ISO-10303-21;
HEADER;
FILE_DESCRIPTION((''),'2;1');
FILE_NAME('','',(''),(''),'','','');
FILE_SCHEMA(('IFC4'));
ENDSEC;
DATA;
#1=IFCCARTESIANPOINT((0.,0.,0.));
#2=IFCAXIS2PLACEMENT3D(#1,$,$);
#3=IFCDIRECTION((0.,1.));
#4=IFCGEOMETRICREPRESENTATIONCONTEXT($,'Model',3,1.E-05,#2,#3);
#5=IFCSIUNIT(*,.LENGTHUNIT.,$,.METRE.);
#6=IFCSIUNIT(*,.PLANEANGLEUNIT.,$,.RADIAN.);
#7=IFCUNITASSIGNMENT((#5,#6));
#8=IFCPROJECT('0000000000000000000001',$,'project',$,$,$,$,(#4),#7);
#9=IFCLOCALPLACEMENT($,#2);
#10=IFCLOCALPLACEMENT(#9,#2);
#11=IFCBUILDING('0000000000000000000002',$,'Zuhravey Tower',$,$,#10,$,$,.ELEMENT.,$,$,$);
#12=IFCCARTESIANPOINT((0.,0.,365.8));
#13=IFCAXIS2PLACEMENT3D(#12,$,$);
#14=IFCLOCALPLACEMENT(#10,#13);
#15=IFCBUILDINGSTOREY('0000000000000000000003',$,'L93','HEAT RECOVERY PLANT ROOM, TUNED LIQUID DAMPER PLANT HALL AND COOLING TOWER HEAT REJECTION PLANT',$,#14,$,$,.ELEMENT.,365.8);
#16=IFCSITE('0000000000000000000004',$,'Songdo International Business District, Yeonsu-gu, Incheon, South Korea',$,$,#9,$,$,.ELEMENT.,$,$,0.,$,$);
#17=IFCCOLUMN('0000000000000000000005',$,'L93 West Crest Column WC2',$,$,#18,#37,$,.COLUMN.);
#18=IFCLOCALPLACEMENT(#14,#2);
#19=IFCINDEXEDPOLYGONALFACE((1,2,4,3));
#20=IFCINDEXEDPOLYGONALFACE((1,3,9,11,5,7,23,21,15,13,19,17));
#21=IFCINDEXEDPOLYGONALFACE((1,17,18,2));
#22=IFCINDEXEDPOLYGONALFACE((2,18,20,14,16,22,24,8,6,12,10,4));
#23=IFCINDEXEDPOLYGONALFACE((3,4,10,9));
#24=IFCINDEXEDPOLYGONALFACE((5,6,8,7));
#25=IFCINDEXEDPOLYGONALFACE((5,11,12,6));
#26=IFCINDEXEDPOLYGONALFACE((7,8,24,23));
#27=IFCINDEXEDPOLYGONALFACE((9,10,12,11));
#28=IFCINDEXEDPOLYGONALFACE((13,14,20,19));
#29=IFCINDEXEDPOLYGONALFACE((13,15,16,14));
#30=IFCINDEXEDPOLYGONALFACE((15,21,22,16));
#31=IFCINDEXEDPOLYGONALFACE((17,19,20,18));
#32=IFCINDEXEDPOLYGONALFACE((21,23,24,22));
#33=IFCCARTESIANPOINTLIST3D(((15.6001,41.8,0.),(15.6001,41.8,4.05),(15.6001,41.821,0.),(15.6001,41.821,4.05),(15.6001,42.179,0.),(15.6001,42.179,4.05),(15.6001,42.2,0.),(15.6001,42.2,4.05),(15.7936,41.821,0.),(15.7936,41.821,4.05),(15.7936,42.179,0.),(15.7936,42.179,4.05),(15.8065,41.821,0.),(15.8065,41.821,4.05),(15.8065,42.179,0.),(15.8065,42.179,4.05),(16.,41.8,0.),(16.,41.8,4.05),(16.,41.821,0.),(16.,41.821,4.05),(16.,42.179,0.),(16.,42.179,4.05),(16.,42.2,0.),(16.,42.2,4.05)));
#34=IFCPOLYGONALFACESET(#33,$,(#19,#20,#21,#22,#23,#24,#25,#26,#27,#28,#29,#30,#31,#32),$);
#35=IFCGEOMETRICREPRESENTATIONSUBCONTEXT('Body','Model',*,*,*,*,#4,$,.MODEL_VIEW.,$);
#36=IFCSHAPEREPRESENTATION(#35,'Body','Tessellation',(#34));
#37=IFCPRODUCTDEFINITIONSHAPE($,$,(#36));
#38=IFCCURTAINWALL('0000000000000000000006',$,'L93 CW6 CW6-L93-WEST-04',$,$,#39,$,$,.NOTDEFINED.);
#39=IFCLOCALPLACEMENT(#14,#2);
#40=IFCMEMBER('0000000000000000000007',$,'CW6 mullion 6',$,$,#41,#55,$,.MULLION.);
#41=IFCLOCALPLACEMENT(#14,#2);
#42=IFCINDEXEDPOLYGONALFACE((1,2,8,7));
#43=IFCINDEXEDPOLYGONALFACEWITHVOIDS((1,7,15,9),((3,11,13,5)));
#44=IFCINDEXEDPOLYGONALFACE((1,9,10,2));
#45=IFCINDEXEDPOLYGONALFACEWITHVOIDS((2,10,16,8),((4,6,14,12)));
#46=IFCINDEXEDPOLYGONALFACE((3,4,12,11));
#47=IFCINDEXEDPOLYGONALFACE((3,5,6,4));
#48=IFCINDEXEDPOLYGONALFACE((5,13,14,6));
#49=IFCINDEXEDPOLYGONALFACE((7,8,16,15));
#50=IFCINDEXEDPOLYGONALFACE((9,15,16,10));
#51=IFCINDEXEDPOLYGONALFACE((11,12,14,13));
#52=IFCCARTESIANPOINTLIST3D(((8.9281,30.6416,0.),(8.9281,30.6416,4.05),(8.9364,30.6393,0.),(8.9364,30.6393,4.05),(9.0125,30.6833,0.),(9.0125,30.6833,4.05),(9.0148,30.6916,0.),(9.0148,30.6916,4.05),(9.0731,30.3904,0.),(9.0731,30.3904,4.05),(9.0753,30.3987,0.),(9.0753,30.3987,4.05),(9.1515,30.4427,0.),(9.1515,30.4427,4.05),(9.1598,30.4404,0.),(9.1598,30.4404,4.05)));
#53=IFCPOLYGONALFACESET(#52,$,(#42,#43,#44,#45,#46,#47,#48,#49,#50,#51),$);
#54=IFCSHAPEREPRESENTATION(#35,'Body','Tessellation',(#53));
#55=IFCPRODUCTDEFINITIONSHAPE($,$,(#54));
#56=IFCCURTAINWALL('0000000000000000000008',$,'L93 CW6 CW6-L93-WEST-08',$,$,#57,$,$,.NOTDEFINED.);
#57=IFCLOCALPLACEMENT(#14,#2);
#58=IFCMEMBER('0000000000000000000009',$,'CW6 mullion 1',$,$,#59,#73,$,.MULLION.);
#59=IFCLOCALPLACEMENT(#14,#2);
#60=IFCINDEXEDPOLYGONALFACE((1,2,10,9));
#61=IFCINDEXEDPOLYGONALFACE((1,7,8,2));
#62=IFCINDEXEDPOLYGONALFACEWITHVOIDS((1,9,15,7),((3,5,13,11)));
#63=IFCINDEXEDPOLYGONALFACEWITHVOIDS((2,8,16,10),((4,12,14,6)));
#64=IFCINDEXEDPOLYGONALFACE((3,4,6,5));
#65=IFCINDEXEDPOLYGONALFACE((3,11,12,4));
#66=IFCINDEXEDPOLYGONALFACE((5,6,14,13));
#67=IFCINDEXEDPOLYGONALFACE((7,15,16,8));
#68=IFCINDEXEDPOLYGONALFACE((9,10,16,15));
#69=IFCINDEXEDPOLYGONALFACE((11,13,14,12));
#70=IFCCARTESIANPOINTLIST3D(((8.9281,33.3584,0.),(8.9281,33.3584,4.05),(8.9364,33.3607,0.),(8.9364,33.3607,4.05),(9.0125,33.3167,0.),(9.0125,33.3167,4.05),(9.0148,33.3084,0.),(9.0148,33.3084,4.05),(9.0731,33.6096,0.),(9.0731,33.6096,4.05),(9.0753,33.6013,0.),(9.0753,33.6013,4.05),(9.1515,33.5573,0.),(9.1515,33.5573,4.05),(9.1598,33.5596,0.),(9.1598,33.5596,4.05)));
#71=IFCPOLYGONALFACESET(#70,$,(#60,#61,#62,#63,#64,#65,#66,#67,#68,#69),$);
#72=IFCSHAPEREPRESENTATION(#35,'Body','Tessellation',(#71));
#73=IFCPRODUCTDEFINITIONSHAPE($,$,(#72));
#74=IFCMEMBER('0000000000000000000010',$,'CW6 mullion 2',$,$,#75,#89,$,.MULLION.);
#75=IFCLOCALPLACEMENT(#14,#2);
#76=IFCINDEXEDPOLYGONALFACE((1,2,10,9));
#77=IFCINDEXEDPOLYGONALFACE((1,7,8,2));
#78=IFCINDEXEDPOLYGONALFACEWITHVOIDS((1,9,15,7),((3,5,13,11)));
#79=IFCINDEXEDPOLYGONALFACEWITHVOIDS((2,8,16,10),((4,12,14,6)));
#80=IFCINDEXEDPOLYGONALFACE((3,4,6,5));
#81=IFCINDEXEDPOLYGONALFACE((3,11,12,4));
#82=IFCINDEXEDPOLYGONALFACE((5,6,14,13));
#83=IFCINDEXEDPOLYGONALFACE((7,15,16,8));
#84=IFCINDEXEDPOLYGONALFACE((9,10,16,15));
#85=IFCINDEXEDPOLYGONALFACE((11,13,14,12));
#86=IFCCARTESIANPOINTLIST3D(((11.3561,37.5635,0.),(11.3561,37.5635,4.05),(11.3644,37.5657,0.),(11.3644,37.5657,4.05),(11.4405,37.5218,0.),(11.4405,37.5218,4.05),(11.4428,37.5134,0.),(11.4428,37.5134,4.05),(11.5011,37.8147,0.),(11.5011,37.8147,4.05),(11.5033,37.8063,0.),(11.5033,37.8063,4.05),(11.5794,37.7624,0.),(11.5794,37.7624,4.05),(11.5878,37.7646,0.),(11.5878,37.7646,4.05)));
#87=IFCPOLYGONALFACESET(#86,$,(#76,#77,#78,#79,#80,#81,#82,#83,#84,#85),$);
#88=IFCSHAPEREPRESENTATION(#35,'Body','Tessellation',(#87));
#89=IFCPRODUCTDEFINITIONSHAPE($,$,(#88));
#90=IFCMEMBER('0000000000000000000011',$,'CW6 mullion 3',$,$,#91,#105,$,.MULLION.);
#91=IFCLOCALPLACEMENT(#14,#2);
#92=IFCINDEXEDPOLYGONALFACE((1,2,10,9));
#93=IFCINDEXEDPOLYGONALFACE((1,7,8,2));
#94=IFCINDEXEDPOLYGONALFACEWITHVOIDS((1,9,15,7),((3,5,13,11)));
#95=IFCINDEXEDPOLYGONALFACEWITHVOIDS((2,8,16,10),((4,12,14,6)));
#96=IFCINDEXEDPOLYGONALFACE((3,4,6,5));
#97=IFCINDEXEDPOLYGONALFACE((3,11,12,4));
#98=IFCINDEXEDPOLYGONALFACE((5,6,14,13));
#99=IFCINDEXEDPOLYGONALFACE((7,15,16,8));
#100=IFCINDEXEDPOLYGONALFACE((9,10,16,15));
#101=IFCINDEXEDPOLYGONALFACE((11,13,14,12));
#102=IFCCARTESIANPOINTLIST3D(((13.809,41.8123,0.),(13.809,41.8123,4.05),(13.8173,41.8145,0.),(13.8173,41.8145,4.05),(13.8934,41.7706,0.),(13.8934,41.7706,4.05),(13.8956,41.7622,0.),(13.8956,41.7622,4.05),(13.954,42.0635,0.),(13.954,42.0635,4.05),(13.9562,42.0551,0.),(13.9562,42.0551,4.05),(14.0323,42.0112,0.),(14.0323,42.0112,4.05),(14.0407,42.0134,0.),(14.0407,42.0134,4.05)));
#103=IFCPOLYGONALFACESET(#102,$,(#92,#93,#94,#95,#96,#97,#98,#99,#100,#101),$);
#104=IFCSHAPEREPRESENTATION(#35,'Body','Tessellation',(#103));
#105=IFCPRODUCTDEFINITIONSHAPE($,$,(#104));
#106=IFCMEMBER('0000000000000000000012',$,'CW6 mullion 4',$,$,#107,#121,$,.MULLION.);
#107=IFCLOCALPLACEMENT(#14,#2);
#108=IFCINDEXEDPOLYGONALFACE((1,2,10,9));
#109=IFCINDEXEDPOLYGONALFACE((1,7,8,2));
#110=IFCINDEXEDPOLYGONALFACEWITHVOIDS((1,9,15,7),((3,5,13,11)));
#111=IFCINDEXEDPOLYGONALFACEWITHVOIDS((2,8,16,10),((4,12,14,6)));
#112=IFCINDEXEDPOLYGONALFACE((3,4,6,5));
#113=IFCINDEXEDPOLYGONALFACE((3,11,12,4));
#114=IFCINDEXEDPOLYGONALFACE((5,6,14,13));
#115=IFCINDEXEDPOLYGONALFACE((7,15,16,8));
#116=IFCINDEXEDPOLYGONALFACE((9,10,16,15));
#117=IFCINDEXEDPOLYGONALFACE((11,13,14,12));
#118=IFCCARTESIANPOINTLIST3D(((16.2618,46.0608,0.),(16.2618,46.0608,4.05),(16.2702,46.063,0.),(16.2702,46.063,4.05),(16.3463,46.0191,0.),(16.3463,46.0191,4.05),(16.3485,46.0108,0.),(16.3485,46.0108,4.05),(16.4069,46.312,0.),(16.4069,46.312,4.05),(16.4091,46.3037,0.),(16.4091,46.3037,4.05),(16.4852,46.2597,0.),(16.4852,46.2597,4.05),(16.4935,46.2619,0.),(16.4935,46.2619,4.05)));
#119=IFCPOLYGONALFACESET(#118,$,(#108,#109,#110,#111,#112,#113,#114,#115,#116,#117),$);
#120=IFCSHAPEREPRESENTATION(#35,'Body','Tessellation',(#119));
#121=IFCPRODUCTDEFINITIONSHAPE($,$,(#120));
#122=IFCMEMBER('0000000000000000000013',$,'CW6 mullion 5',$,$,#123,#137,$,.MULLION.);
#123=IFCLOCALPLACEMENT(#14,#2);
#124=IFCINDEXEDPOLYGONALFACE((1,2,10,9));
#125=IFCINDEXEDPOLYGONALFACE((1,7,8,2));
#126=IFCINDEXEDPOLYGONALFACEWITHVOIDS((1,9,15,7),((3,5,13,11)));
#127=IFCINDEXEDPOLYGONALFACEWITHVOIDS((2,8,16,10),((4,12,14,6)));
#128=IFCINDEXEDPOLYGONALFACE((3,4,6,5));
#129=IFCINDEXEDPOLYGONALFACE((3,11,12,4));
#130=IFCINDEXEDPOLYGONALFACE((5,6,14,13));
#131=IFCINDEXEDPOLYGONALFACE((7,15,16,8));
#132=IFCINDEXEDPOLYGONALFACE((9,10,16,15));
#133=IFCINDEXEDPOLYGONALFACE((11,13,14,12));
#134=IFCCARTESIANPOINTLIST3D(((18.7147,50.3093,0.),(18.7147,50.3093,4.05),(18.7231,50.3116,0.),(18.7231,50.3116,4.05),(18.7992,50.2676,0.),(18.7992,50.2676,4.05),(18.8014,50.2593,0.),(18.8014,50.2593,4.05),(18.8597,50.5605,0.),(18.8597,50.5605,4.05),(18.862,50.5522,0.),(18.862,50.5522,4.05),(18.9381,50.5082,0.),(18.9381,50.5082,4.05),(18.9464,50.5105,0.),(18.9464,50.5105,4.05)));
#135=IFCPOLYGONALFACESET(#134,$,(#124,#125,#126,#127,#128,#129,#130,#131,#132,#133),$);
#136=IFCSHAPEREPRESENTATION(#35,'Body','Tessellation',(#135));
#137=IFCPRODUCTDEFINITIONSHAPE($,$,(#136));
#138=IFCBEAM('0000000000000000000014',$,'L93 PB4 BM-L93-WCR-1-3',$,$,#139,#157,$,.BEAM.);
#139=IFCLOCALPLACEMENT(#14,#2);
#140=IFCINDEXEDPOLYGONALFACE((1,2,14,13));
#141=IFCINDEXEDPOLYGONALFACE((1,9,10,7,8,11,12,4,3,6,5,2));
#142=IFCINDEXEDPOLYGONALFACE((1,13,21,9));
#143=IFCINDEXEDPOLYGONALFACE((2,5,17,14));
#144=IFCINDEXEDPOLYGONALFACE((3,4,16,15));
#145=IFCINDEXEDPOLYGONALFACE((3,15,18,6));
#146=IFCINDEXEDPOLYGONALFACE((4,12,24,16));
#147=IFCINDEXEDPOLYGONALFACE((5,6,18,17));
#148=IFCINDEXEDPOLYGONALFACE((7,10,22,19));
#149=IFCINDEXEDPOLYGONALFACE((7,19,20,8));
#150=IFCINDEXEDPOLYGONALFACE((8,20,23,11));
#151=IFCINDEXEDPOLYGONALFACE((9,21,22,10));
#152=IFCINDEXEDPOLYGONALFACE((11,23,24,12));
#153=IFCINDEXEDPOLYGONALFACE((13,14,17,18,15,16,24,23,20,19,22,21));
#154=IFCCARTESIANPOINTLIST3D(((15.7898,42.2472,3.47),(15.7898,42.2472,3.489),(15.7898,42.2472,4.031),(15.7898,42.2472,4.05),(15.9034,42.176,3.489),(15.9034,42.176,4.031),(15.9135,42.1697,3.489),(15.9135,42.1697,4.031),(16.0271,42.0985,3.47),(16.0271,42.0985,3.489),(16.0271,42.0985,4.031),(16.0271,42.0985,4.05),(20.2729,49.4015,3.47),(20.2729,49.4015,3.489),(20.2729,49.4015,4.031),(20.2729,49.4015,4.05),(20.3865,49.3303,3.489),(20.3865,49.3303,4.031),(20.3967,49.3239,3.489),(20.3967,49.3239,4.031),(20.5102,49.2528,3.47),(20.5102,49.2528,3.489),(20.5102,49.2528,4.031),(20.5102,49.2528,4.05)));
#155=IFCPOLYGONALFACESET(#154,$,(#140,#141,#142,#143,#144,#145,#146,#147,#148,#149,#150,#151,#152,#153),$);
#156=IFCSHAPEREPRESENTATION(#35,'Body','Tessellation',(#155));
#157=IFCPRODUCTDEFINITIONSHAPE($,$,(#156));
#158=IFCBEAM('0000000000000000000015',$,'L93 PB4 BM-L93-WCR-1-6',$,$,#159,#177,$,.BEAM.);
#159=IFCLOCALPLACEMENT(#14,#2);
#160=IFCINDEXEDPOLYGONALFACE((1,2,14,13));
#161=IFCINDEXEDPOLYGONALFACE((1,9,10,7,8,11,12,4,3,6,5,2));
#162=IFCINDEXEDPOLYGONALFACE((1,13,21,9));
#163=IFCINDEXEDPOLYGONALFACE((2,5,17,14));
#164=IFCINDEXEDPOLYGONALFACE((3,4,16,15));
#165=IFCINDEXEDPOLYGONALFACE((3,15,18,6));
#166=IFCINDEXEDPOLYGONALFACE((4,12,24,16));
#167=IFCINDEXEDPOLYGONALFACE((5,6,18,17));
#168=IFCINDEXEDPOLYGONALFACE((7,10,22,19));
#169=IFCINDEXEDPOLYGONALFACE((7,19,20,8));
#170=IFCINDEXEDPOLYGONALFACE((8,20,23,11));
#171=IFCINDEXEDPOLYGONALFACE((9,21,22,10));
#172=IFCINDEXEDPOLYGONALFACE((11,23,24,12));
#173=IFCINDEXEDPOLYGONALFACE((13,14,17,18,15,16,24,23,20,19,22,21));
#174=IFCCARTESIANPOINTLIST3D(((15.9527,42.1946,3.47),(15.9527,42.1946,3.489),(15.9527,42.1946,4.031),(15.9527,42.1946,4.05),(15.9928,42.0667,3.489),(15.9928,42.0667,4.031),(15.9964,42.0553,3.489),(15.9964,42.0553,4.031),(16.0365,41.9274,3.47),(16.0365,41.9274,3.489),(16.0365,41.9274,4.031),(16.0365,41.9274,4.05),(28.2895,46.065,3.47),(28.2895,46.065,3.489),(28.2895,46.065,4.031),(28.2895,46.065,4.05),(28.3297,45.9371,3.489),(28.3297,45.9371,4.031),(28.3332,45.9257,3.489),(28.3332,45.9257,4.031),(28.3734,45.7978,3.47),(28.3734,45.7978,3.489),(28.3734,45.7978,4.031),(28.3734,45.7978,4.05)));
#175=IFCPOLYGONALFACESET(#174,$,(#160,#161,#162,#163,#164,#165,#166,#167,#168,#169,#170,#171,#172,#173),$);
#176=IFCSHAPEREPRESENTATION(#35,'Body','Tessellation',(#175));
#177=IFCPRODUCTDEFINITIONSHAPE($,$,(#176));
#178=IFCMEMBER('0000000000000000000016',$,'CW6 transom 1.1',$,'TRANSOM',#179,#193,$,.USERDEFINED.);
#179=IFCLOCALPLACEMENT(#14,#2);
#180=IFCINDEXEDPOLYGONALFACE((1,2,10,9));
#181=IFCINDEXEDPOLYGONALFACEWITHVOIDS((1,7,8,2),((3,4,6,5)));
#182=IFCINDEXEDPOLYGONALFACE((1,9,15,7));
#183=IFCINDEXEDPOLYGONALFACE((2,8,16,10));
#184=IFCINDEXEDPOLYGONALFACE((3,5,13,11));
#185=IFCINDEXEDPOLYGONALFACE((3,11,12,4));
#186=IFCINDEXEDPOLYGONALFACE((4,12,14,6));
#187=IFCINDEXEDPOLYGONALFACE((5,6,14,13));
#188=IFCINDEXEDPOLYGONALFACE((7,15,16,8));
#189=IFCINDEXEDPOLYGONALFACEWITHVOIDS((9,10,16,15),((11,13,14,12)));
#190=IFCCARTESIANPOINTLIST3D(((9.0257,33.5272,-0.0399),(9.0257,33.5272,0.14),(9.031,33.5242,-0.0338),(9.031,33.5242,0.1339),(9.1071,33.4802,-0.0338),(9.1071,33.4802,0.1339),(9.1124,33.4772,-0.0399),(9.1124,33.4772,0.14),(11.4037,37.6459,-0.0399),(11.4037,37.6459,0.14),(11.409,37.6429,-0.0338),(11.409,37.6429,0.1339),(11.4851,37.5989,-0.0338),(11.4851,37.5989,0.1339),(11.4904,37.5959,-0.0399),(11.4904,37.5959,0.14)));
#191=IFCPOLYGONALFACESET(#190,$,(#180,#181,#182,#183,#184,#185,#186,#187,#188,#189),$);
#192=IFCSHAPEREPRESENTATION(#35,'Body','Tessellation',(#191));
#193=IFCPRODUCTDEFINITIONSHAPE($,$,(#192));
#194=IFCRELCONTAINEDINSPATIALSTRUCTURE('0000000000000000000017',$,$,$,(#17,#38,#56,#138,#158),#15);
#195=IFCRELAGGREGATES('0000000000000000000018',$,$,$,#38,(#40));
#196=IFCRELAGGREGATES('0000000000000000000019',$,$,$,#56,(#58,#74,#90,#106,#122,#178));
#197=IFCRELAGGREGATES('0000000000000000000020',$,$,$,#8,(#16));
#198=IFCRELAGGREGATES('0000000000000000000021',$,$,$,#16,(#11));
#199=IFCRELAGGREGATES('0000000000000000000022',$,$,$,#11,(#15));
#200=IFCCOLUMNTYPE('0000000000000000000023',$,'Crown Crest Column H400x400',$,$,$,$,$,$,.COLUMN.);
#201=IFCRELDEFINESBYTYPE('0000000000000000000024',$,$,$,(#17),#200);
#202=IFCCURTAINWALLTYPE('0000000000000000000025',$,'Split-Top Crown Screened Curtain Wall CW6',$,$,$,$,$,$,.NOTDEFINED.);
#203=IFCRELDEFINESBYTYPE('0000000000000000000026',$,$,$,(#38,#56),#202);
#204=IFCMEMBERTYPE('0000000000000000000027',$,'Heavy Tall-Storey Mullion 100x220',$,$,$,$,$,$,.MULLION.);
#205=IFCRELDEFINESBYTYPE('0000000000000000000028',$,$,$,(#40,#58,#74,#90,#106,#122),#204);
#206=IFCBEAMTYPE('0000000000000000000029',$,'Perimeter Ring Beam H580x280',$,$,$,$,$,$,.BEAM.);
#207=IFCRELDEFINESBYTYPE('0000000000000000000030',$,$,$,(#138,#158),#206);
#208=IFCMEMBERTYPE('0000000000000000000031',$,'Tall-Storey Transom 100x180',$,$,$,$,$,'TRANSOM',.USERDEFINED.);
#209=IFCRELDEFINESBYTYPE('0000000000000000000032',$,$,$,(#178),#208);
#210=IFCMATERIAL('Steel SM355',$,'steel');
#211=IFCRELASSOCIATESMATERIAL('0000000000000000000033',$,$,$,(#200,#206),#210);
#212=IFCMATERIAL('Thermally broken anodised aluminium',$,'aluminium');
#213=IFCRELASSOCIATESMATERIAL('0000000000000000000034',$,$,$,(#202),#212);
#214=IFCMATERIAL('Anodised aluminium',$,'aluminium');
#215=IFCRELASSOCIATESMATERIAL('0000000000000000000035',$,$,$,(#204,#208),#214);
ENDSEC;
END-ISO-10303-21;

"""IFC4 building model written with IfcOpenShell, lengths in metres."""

from ifc_helpers import new_model, si_unit, direction, frame, origin, origin_2d, place, context, subcontext, project, spatial, hollow_rectangle, i_section, extrude, material, material_profile, profile_set, type_object, element, aggregate, save


model = new_model("IFC4")

# Units and contexts
model_context = context("Model", 3, precision=1e-05, world=origin(), true_north=direction((0.0, 1.0)))
body_context = subcontext(model_context, "Body", "Model", "MODEL_VIEW")
ifc_project = project(units=[si_unit("LENGTHUNIT", "METRE"), si_unit("PLANEANGLEUNIT", "RADIAN")], contexts=[model_context])

# Site, building, storey
site_placement = place(None, origin())
site = spatial("IfcSite", under=ifc_project, at=site_placement, Name="Songdo International Business District, Yeonsu-gu, Incheon, South Korea", CompositionType="ELEMENT", RefElevation=0.0)
building_placement = place(site_placement, origin())
building = spatial("IfcBuilding", under=site, at=building_placement, Name="Zuhravey Tower", CompositionType="ELEMENT")
storey_placement = place(building_placement, frame((0.0, 0.0, 365.8)))
storey = spatial("IfcBuildingStorey", under=building, at=storey_placement, Name="L93", Description="HEAT RECOVERY PLANT ROOM, TUNED LIQUID DAMPER PLANT HALL AND COOLING TOWER HEAT REJECTION PLANT", CompositionType="ELEMENT", Elevation=365.8)

# Column
ifc_material_1 = material(Name="Steel SM355", Category="steel")
ifc_material_profile_1 = material_profile(ifc_material_1, i_section(OverallWidth=0.3999, OverallDepth=0.3999, WebThickness=0.0129, FlangeThickness=0.021, at=origin_2d()), Name="H-400x400x13x21")
ifc_profile_set_1 = profile_set([ifc_material_profile_1], Name="Steel SM355")
column_type = type_object("IfcColumnType", Name="Crown Crest Column H400x400", PredefinedType="COLUMN", material=ifc_profile_set_1)
column_placement = place(storey_placement, frame((15.8, 42.0, 0.0), z_axis=(0.0, 0.0, 1.0), x_axis=(1.0, 0.0, 0.0)))
element("IfcColumn", 1, at=column_placement, inside=storey, type_object=column_type, Name="L93 West Crest Column WC2", PredefinedType="COLUMN", context=body_context, shape_type="SweptSolid", body=[
    extrude(i_section(OverallWidth=0.3999, OverallDepth=0.3999, WebThickness=0.0129, FlangeThickness=0.021, at=origin_2d()), origin(), (0.0, 0.0, 1.0), 4.05),
])

# Curtain wall, member
ifc_material_2 = material(Name="Thermally broken anodised aluminium", Category="aluminium")
curtain_wall_type = type_object("IfcCurtainWallType", Name="Split-Top Crown Screened Curtain Wall CW6", PredefinedType="NOTDEFINED", material=ifc_material_2)
curtain_wall_1_placement = place(storey_placement, origin())
curtain_wall_1 = element("IfcCurtainWall", 2, at=curtain_wall_1_placement, inside=storey, type_object=curtain_wall_type, Name="L93 CW6 CW6-L93-WEST-04", PredefinedType="NOTDEFINED")
ifc_material_3 = material(Name="Anodised aluminium", Category="aluminium")
ifc_material_profile_2 = material_profile(ifc_material_3, hollow_rectangle(XDim=0.1001, YDim=0.29, WallThickness=0.0061, at=origin_2d()), Name="ALU-RHS-100x290x6")
ifc_profile_set_2 = profile_set([ifc_material_profile_2], Name="Anodised aluminium")
member_type_1 = type_object("IfcMemberType", Name="Heavy Tall-Storey Mullion 100x220", PredefinedType="MULLION", material=ifc_profile_set_2)
member_1_placement = place(storey_placement, frame((9.0439, 30.541, 0.0), z_axis=(0.0, 0.0, 1.0), x_axis=(-0.866027, -0.499997, 0.0)))
member_1 = element("IfcMember", 3, at=member_1_placement, type_object=member_type_1, Name="CW6 mullion 6", PredefinedType="MULLION", context=body_context, shape_type="SweptSolid", body=[
    extrude(hollow_rectangle(XDim=0.1001, YDim=0.29, WallThickness=0.0061, at=origin_2d()), origin(), (0.0, 0.0, 1.0), 4.05),
])
aggregate(curtain_wall_1, [member_1])

# Curtain wall, members
curtain_wall_2_placement = place(storey_placement, origin())
curtain_wall_2 = element("IfcCurtainWall", 4, at=curtain_wall_2_placement, inside=storey, type_object=curtain_wall_type, Name="L93 CW6 CW6-L93-WEST-08", PredefinedType="NOTDEFINED")
member_2_placement = place(storey_placement, frame((9.0439, 33.459, 0.0), z_axis=(0.0, 0.0, 1.0), x_axis=(-0.866027, 0.499997, 0.0)))
member_2 = element("IfcMember", 5, at=member_2_placement, type_object=member_type_1, Name="CW6 mullion 1", PredefinedType="MULLION", context=body_context, shape_type="SweptSolid", body=[
    extrude(hollow_rectangle(XDim=0.1001, YDim=0.29, WallThickness=0.0061, at=origin_2d()), origin(), (0.0, 0.0, 1.0), 4.05),
])
member_3_placement = place(storey_placement, frame((11.4719, 37.6641, 0.0), z_axis=(0.0, 0.0, 1.0), x_axis=(-0.866027, 0.499997, 0.0)))
member_3 = element("IfcMember", 6, at=member_3_placement, type_object=member_type_1, Name="CW6 mullion 2", PredefinedType="MULLION", context=body_context, shape_type="SweptSolid", body=[
    extrude(hollow_rectangle(XDim=0.1001, YDim=0.29, WallThickness=0.0061, at=origin_2d()), origin(), (0.0, 0.0, 1.0), 4.05),
])
member_4_placement = place(storey_placement, frame((13.9248, 41.9128, 0.0), z_axis=(0.0, 0.0, 1.0), x_axis=(-0.866027, 0.499997, 0.0)))
member_4 = element("IfcMember", 7, at=member_4_placement, type_object=member_type_1, Name="CW6 mullion 3", PredefinedType="MULLION", context=body_context, shape_type="SweptSolid", body=[
    extrude(hollow_rectangle(XDim=0.1001, YDim=0.29, WallThickness=0.0061, at=origin_2d()), origin(), (0.0, 0.0, 1.0), 4.05),
])
member_5_placement = place(storey_placement, frame((16.3777, 46.1614, 0.0), z_axis=(0.0, 0.0, 1.0), x_axis=(-0.866027, 0.499997, 0.0)))
member_5 = element("IfcMember", 8, at=member_5_placement, type_object=member_type_1, Name="CW6 mullion 4", PredefinedType="MULLION", context=body_context, shape_type="SweptSolid", body=[
    extrude(hollow_rectangle(XDim=0.1001, YDim=0.29, WallThickness=0.0061, at=origin_2d()), origin(), (0.0, 0.0, 1.0), 4.05),
])
member_6_placement = place(storey_placement, frame((18.8306, 50.4099, 0.0), z_axis=(0.0, 0.0, 1.0), x_axis=(-0.866027, 0.499997, 0.0)))
member_6 = element("IfcMember", 9, at=member_6_placement, type_object=member_type_1, Name="CW6 mullion 5", PredefinedType="MULLION", context=body_context, shape_type="SweptSolid", body=[
    extrude(hollow_rectangle(XDim=0.1001, YDim=0.29, WallThickness=0.0061, at=origin_2d()), origin(), (0.0, 0.0, 1.0), 4.05),
])

# Beams
ifc_material_profile_3 = material_profile(ifc_material_1, i_section(OverallWidth=0.28, OverallDepth=0.5801, WebThickness=0.012, FlangeThickness=0.019, at=origin_2d()), Name="H-580x280x12x19")
ifc_profile_set_3 = profile_set([ifc_material_profile_3], Name="Steel SM355")
beam_type = type_object("IfcBeamType", Name="Perimeter Ring Beam H580x280", PredefinedType="BEAM", material=ifc_profile_set_3)
beam_1_placement = place(storey_placement, frame((15.9084, 42.1729, 3.76), z_axis=(0.530997, 0.847374, 0.0), x_axis=(-0.847374, 0.530997, 0.0)))
element("IfcBeam", 10, at=beam_1_placement, inside=storey, type_object=beam_type, Name="L93 PB4 BM-L93-WCR-1-3", PredefinedType="BEAM", context=body_context, shape_type="SweptSolid", body=[
    extrude(i_section(OverallWidth=0.28, OverallDepth=0.5801, WebThickness=0.012, FlangeThickness=0.019, at=origin_2d()), origin(), (0.0, 0.0, 1.0), 8.4429),
])
beam_2_placement = place(storey_placement, frame((15.9946, 42.061, 3.76), z_axis=(0.954147, 0.299337, 0.0), x_axis=(-0.299337, 0.954147, 0.0)))
element("IfcBeam", 11, at=beam_2_placement, inside=storey, type_object=beam_type, Name="L93 PB4 BM-L93-WCR-1-6", PredefinedType="BEAM", context=body_context, shape_type="SweptSolid", body=[
    extrude(i_section(OverallWidth=0.28, OverallDepth=0.5801, WebThickness=0.012, FlangeThickness=0.019, at=origin_2d()), origin(), (0.0, 0.0, 1.0), 12.9297),
])

# Member
ifc_material_profile_4 = material_profile(ifc_material_3, hollow_rectangle(XDim=0.1001, YDim=0.1799, WallThickness=0.0061, at=origin_2d()), Name="ALU-RHS-100x180x6")
ifc_profile_set_4 = profile_set([ifc_material_profile_4], Name="Anodised aluminium")
member_type_2 = type_object("IfcMemberType", Name="Tall-Storey Transom 100x180", ElementType="TRANSOM", PredefinedType="USERDEFINED", material=ifc_profile_set_4)
member_7_placement = place(storey_placement, frame((9.0691, 33.5022, 0.05), z_axis=(0.500004, 0.866023, 0.0), x_axis=(-0.866023, 0.500004, 0.0)))
member_7 = element("IfcMember", 12, at=member_7_placement, type_object=member_type_2, Name="CW6 transom 1.1", ObjectType="TRANSOM", PredefinedType="USERDEFINED", context=body_context, shape_type="SweptSolid", body=[
    extrude(hollow_rectangle(XDim=0.1001, YDim=0.1799, WallThickness=0.0061, at=origin_2d()), origin(), (0.0, 0.0, 1.0), 4.7559),
])

aggregate(curtain_wall_2, [member_2, member_3, member_4, member_5, member_6, member_7])

save(model, "model.ifc")
